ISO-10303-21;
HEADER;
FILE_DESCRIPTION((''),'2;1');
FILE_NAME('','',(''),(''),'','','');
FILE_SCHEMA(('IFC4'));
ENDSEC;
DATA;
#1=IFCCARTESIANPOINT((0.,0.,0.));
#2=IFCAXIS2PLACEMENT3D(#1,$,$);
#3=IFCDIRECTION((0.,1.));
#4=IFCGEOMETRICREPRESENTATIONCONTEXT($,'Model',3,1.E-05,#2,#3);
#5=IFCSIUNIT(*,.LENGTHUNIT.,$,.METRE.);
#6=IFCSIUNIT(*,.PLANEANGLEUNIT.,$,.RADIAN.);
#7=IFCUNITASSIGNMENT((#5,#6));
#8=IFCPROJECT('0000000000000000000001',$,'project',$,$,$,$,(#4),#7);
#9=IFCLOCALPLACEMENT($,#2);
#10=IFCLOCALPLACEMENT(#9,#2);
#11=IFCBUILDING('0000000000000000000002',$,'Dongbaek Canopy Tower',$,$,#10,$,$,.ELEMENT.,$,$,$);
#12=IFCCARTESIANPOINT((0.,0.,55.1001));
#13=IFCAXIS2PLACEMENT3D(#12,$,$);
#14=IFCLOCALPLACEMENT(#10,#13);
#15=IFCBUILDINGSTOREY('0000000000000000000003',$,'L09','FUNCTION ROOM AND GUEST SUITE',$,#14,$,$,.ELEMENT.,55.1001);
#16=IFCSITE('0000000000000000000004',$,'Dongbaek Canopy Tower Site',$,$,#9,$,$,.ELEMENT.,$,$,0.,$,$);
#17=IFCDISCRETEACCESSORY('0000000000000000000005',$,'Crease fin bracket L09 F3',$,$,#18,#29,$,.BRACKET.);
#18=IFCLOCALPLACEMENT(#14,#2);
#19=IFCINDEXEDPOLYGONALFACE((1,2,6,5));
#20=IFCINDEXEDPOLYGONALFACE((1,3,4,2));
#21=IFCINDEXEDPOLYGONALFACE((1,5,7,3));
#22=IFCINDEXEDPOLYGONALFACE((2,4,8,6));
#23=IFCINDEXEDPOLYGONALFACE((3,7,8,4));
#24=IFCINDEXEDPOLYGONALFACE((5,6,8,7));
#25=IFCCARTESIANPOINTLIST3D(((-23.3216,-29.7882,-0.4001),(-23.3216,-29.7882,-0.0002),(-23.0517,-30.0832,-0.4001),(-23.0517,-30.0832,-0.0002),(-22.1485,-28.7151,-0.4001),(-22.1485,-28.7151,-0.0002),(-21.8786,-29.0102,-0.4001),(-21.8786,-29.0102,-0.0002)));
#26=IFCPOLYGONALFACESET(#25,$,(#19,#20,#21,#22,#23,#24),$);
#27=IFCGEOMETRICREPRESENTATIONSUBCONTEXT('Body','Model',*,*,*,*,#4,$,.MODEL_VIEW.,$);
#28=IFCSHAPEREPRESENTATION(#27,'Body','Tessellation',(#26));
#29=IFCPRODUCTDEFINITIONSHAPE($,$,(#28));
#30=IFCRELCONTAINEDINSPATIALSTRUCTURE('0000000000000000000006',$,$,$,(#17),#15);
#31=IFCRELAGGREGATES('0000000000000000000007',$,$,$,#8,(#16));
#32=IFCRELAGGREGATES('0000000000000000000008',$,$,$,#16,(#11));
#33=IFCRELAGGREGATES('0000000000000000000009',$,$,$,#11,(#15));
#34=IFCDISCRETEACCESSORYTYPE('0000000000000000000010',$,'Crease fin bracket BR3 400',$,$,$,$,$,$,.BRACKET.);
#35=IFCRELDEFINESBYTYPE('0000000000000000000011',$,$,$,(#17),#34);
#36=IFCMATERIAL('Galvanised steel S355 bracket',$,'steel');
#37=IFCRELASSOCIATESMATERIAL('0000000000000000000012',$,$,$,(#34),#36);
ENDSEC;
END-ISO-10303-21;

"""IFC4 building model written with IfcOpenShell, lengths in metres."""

from ifc_helpers import new_model, si_unit, direction, frame, origin, origin_2d, place, context, subcontext, project, spatial, rectangle, extrude, material, type_object, element, save


model = new_model("IFC4")

# Units and contexts
model_context = context("Model", 3, precision=1e-05, world=origin(), true_north=direction((0.0, 1.0)))
body_context = subcontext(model_context, "Body", "Model", "MODEL_VIEW")
ifc_project = project(units=[si_unit("LENGTHUNIT", "METRE"), si_unit("PLANEANGLEUNIT", "RADIAN")], contexts=[model_context])

# Site, building, storey
site_placement = place(None, origin())
site = spatial("IfcSite", under=ifc_project, at=site_placement, Name="Dongbaek Canopy Tower Site", CompositionType="ELEMENT", RefElevation=0.0)
building_placement = place(site_placement, origin())
building = spatial("IfcBuilding", under=site, at=building_placement, Name="Dongbaek Canopy Tower", CompositionType="ELEMENT")
storey_placement = place(building_placement, frame((0.0, 0.0, 55.1001)))
storey = spatial("IfcBuildingStorey", under=building, at=storey_placement, Name="L09", Description="FUNCTION ROOM AND GUEST SUITE", CompositionType="ELEMENT", Elevation=55.1001)

# Discrete accessory
ifc_material_1 = material(Name="Galvanised steel S355 bracket", Category="steel")
discrete_accessory_type = type_object("IfcDiscreteAccessoryType", Name="Crease fin bracket BR3 400", PredefinedType="BRACKET", material=ifc_material_1)
discrete_accessory_placement = place(storey_placement, frame((-22.6001, -29.3992, -0.4001), z_axis=(0.0, 0.0, 1.0), x_axis=(-0.737855, -0.674959, 0.0)))
element("IfcDiscreteAccessory", 1, at=discrete_accessory_placement, inside=storey, type_object=discrete_accessory_type, Name="Crease fin bracket L09 F3", PredefinedType="BRACKET", context=body_context, shape_type="SweptSolid", body=[
    extrude(rectangle(XDim=1.5898, YDim=0.3999, at=origin_2d()), origin(), (0.0, 0.0, 1.0), 0.3999),
])

save(model, "model.ifc")
